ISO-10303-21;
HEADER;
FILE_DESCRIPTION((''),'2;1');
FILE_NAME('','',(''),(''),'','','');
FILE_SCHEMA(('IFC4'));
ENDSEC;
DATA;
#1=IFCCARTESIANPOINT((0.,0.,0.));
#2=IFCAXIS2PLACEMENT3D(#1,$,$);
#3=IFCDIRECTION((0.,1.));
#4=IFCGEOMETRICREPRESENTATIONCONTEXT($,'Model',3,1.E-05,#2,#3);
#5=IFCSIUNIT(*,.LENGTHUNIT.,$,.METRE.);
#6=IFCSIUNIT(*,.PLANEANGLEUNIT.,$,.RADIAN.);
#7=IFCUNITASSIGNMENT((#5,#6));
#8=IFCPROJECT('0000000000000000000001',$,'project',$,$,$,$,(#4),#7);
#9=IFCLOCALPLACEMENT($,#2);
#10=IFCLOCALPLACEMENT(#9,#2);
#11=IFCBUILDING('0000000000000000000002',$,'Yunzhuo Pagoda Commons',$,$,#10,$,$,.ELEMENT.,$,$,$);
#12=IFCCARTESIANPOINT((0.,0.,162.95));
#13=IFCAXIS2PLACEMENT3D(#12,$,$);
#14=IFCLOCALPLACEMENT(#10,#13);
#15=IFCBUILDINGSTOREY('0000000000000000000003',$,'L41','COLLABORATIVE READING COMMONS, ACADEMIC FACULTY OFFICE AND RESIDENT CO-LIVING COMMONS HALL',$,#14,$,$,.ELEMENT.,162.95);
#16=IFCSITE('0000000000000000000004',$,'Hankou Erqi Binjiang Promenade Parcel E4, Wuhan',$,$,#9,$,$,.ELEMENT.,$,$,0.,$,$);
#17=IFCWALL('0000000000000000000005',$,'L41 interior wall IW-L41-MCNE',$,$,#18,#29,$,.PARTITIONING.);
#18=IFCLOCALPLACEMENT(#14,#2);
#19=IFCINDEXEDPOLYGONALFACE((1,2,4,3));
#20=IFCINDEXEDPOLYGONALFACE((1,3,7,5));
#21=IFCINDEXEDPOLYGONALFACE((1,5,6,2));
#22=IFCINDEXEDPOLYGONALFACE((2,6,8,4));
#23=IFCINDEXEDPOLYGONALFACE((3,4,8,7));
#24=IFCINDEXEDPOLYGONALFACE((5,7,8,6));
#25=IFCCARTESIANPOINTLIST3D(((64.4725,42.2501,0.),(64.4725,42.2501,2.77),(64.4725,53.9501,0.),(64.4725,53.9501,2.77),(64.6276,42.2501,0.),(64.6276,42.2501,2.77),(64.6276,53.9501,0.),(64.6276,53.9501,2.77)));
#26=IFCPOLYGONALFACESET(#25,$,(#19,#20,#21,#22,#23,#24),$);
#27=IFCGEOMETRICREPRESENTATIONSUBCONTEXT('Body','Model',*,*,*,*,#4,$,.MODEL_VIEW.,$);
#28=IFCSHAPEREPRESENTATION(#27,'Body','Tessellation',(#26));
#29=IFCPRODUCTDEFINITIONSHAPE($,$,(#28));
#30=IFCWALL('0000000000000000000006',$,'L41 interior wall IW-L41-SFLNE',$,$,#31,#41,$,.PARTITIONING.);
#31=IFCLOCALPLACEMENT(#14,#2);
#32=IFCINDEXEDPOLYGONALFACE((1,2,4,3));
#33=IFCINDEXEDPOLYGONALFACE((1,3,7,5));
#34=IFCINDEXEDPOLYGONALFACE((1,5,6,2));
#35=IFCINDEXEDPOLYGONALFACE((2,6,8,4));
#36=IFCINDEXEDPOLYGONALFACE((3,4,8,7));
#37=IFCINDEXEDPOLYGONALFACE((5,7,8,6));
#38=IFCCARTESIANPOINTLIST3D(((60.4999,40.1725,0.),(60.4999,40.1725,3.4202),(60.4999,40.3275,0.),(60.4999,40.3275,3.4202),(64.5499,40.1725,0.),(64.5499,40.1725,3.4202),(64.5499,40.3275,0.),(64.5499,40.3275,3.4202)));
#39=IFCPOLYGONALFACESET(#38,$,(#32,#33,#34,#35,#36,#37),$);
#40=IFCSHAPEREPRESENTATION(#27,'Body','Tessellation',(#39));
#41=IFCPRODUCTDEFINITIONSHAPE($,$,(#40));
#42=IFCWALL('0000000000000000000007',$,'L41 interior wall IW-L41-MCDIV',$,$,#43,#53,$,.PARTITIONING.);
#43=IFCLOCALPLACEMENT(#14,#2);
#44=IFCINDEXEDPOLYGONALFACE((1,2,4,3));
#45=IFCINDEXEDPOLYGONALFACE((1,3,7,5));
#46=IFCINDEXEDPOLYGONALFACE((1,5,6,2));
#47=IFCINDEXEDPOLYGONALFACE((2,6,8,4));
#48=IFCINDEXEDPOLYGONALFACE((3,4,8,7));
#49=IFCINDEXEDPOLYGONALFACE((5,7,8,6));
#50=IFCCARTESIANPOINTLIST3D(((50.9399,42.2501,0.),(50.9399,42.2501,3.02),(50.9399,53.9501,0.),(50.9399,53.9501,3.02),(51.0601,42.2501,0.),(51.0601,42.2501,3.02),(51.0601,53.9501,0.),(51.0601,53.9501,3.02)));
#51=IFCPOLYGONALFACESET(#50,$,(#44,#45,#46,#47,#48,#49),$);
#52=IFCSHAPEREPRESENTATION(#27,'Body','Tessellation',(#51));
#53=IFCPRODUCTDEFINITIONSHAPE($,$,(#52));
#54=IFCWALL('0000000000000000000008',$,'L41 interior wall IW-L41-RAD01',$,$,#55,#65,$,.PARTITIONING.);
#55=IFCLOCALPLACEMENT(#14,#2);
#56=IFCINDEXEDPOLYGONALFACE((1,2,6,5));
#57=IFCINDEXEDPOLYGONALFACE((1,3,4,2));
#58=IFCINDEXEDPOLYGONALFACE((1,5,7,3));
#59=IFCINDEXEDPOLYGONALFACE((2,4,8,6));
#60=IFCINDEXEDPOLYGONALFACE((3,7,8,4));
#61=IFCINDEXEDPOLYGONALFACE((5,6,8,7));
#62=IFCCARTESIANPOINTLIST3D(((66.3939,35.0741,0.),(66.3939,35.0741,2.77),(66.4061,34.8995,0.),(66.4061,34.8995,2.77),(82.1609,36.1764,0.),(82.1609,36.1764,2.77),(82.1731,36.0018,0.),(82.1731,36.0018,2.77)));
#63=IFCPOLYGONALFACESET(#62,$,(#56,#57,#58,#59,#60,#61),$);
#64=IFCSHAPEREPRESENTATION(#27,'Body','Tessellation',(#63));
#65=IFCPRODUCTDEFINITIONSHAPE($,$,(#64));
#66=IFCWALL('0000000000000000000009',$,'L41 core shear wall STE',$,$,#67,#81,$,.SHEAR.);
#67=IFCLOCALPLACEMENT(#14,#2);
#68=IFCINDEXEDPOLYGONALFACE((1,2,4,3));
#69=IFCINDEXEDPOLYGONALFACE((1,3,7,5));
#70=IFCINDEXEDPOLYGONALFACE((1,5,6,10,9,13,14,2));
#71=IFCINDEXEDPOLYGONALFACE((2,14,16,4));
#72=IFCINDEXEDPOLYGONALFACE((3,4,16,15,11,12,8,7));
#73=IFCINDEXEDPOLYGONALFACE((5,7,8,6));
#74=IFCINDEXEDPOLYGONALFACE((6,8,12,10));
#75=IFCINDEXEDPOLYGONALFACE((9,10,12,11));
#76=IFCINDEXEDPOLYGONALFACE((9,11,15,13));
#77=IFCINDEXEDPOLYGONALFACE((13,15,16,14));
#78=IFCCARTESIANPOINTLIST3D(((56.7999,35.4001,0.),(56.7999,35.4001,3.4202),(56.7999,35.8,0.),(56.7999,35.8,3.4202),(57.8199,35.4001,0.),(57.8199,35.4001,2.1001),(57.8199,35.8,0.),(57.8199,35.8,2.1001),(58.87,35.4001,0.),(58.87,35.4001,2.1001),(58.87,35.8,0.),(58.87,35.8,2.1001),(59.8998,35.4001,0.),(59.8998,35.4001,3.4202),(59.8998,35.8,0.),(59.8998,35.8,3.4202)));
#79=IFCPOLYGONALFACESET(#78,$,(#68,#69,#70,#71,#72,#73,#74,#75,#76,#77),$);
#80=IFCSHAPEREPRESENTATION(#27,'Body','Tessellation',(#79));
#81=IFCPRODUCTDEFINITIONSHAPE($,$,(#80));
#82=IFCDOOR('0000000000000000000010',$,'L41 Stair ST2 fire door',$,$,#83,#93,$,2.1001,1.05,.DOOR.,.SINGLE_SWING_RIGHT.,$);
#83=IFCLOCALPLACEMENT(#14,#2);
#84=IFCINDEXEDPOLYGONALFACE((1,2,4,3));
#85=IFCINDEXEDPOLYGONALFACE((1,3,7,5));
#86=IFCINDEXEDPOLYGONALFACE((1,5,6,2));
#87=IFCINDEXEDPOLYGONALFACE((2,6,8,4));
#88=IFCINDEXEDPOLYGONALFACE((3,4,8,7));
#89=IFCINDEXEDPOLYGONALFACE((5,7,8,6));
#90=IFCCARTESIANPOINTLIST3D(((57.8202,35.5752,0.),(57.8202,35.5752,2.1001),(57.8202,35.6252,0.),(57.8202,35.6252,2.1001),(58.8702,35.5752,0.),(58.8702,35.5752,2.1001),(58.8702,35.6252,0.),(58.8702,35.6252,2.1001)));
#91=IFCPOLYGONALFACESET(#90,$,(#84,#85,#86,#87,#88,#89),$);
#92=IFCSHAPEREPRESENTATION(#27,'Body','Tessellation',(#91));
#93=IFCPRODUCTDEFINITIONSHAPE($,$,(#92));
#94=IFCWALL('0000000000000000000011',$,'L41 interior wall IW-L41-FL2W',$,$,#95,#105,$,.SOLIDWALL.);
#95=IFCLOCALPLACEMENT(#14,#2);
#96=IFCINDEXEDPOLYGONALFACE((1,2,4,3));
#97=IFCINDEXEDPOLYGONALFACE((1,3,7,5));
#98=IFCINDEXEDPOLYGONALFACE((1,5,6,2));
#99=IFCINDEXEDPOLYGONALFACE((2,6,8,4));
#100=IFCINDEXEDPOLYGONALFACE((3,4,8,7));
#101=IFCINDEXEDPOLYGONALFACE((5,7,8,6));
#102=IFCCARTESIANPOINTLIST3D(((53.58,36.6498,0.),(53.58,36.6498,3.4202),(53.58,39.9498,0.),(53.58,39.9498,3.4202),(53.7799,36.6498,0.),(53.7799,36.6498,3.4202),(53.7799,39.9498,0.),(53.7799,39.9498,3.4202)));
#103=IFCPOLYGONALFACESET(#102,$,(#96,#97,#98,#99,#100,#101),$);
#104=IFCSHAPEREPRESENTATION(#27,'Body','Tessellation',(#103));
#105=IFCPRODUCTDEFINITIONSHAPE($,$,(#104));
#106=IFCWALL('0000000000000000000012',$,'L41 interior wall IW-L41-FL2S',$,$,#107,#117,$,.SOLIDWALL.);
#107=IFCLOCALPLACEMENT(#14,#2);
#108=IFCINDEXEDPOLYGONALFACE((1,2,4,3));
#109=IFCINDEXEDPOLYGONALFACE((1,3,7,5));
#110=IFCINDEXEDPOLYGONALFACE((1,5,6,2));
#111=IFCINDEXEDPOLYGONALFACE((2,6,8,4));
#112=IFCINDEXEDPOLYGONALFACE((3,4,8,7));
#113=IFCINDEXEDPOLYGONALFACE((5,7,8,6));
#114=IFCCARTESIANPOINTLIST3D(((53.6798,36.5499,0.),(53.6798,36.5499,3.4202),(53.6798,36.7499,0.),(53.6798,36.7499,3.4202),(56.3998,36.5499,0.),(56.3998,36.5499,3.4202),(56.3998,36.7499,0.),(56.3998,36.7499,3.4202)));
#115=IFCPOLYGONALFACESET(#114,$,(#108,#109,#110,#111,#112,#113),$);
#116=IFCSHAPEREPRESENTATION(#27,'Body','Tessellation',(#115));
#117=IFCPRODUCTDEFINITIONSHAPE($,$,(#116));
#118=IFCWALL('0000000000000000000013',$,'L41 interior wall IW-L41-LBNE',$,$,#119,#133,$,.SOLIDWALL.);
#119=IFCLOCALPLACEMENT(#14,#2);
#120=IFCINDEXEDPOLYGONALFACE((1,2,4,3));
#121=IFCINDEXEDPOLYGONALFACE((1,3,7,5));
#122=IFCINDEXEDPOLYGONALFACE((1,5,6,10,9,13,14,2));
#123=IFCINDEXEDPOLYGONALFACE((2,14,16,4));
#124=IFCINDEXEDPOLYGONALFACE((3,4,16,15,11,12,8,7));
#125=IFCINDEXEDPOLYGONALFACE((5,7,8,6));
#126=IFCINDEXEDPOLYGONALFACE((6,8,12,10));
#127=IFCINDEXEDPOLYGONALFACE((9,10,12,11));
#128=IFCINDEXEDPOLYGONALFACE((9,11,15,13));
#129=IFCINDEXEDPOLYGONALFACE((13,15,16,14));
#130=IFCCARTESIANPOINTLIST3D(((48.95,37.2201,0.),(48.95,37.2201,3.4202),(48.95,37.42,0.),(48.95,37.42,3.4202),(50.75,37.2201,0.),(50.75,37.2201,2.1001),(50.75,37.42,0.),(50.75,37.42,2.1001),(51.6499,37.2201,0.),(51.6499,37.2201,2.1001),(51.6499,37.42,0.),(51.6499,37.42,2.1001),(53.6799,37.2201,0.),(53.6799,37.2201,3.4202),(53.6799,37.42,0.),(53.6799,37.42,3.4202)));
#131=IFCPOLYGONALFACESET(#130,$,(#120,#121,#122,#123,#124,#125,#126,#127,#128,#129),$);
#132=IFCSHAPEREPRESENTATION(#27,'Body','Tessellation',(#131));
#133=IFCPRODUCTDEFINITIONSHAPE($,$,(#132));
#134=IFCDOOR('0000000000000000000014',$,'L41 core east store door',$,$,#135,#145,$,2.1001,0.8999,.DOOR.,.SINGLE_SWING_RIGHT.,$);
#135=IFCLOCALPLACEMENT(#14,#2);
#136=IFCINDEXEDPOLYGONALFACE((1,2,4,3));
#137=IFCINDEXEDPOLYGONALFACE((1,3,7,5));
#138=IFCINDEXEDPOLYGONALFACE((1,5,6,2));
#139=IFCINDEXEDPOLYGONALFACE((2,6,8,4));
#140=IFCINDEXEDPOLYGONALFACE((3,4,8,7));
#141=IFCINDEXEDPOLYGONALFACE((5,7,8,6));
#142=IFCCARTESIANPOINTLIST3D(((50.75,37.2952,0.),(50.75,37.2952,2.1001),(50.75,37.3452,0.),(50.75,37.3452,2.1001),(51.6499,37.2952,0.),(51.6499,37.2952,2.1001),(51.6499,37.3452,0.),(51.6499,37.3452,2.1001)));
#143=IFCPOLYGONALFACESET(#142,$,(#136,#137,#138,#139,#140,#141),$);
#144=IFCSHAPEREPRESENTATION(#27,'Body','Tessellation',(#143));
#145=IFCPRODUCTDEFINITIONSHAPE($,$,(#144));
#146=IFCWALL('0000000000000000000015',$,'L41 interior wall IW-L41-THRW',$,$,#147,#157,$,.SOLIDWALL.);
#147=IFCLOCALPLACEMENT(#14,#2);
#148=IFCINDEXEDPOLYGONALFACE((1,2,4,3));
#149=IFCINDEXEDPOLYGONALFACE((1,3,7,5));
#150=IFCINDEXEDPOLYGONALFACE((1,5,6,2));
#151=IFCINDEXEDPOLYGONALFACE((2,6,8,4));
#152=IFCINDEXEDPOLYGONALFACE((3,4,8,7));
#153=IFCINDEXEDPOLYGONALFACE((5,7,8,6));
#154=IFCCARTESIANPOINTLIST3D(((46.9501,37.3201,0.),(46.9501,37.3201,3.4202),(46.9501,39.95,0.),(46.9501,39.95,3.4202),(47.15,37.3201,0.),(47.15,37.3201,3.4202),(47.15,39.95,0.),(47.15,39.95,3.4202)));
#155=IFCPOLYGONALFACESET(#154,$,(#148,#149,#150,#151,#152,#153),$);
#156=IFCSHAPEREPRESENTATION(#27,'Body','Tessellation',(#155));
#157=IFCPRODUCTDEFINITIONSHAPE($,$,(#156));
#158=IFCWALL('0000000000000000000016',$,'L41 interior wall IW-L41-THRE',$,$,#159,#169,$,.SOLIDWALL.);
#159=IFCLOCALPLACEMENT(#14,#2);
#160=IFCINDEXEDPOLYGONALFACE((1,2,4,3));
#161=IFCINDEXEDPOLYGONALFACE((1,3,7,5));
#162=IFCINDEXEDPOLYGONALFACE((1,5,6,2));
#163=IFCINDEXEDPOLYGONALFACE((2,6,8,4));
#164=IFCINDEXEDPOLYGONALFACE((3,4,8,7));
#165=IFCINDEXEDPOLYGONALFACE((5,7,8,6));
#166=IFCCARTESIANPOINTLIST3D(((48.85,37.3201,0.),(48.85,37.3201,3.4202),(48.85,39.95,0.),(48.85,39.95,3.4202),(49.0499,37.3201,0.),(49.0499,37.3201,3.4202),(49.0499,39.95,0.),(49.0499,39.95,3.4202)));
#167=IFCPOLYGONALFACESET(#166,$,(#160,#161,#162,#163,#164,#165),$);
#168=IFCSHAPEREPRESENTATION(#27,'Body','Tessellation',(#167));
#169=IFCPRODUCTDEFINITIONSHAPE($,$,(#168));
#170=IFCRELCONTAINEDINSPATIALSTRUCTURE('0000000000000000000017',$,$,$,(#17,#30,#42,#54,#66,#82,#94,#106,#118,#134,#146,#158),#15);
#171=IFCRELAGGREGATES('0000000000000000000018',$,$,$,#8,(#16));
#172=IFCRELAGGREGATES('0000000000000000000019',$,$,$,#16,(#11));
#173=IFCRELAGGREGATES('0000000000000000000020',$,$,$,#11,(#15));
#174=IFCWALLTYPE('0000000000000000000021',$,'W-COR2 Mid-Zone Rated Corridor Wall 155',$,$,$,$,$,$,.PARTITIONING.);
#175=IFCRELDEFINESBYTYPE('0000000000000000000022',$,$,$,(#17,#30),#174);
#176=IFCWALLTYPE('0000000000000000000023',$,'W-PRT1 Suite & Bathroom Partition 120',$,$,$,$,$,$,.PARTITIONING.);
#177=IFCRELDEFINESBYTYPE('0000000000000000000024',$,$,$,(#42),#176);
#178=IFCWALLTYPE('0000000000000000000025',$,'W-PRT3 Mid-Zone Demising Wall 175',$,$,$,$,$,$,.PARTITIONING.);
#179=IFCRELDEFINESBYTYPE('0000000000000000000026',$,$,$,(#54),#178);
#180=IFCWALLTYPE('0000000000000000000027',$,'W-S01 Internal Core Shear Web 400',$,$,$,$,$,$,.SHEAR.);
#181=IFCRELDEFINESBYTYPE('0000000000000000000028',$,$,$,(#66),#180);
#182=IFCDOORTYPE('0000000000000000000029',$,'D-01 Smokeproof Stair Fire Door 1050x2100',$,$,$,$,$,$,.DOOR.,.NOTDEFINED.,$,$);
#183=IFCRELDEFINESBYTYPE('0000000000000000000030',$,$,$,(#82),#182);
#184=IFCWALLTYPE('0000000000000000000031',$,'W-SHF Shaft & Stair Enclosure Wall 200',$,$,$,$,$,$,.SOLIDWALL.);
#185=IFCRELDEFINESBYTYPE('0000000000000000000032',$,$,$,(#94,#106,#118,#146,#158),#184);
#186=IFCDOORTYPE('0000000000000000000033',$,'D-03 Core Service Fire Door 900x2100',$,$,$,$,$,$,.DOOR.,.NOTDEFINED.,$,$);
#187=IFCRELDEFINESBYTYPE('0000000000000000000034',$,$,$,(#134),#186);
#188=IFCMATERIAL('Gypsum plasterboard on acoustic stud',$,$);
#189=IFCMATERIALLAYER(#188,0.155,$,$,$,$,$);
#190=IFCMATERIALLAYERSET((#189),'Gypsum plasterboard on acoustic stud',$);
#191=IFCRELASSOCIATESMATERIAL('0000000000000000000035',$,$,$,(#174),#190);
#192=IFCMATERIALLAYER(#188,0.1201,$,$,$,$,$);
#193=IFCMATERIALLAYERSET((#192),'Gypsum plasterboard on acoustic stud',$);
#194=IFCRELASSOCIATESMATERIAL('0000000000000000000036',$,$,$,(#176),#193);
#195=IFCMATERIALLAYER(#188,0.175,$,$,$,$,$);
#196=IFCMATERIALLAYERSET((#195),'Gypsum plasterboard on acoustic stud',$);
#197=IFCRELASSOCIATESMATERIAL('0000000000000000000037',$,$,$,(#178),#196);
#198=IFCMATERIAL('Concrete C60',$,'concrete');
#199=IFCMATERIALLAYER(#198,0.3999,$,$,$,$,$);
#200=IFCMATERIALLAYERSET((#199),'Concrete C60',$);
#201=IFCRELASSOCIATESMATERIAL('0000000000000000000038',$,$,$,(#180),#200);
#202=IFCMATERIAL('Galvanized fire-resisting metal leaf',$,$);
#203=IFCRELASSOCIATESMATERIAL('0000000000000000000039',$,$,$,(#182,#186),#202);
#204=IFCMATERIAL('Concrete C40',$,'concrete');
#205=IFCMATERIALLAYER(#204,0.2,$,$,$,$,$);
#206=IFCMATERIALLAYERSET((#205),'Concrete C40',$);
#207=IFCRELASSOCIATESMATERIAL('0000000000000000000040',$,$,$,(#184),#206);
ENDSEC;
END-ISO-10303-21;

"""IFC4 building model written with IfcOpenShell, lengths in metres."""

from ifc_helpers import new_model, si_unit, direction, frame, frame_2d, origin, place, context, subcontext, project, spatial, rectangle, extrude, source, transform, mapped, material, layer, layer_set, type_object, element, fill, save


model = new_model("IFC4")

# Units and contexts
model_context = context("Model", 3, precision=1e-05, world=origin(), true_north=direction((0.0, 1.0)))
body_context = subcontext(model_context, "Body", "Model", "MODEL_VIEW")
ifc_project = project(units=[si_unit("LENGTHUNIT", "METRE"), si_unit("PLANEANGLEUNIT", "RADIAN")], contexts=[model_context])

# Site, building, storey
site_placement = place(None, origin())
site = spatial("IfcSite", under=ifc_project, at=site_placement, Name="Hankou Erqi Binjiang Promenade Parcel E4, Wuhan", CompositionType="ELEMENT", RefElevation=0.0)
building_placement = place(site_placement, origin())
building = spatial("IfcBuilding", under=site, at=building_placement, Name="Yunzhuo Pagoda Commons", CompositionType="ELEMENT")
storey_placement = place(building_placement, frame((0.0, 0.0, 162.95)))
storey = spatial("IfcBuildingStorey", under=building, at=storey_placement, Name="L41", Description="COLLABORATIVE READING COMMONS, ACADEMIC FACULTY OFFICE AND RESIDENT CO-LIVING COMMONS HALL", CompositionType="ELEMENT", Elevation=162.95)

# Shared definitions
ifc_material_1 = material(Name="Concrete C60", Category="concrete")
ifc_material_2 = material(Name="Galvanized fire-resisting metal leaf")
shared_shape_1 = source(origin(), body_context, "Body", "SweptSolid", [
    extrude(rectangle(XDim=1.05, YDim=2.1001, at=frame_2d((0.5249, 1.05))), frame((0.0, 0.0249, 0.0), z_axis=(0.0, -1.0, 0.0), x_axis=(1.0, 0.0, 0.0)), (0.0, 0.0, 1.0), 0.05),
])

# Walls
ifc_material_3 = material(Name="Gypsum plasterboard on acoustic stud")
ifc_layer_1 = layer(ifc_material_3, 0.155)
ifc_layer_set_1 = layer_set([ifc_layer_1], Name="Gypsum plasterboard on acoustic stud")
wall_type_1 = type_object("IfcWallType", Name="W-COR2 Mid-Zone Rated Corridor Wall 155", PredefinedType="PARTITIONING", material=ifc_layer_set_1)
wall_1_placement = place(storey_placement, frame((64.55, 42.25, 0.0), z_axis=(0.0, 0.0, 1.0), x_axis=(0.0, 1.0, 0.0)))
element("IfcWall", 1, at=wall_1_placement, inside=storey, type_object=wall_type_1, Name="L41 interior wall IW-L41-MCNE", PredefinedType="PARTITIONING", context=body_context, shape_type="SweptSolid", body=[
    extrude(rectangle(XDim=11.7, YDim=0.155, at=frame_2d((5.8501, 0.0))), origin(), (0.0, 0.0, 1.0), 2.77),
])
wall_2_placement = place(storey_placement, frame((60.5, 40.25, 0.0), z_axis=(0.0, 0.0, 1.0), x_axis=(1.0, 0.0, 0.0)))
element("IfcWall", 2, at=wall_2_placement, inside=storey, type_object=wall_type_1, Name="L41 interior wall IW-L41-SFLNE", PredefinedType="PARTITIONING", context=body_context, shape_type="SweptSolid", body=[
    extrude(rectangle(XDim=4.05, YDim=0.155, at=frame_2d((2.0249, 0.0))), origin(), (0.0, 0.0, 1.0), 3.4202),
])

# Walls
ifc_layer_2 = layer(ifc_material_3, 0.1201)
ifc_layer_set_2 = layer_set([ifc_layer_2], Name="Gypsum plasterboard on acoustic stud")
wall_type_2 = type_object("IfcWallType", Name="W-PRT1 Suite & Bathroom Partition 120", PredefinedType="PARTITIONING", material=ifc_layer_set_2)
wall_3_placement = place(storey_placement, frame((51.0, 42.25, 0.0), z_axis=(0.0, 0.0, 1.0), x_axis=(0.0, 1.0, 0.0)))
element("IfcWall", 3, at=wall_3_placement, inside=storey, type_object=wall_type_2, Name="L41 interior wall IW-L41-MCDIV", PredefinedType="PARTITIONING", context=body_context, shape_type="SweptSolid", body=[
    extrude(rectangle(XDim=11.7, YDim=0.1201, at=frame_2d((5.8501, 0.0))), origin(), (0.0, 0.0, 1.0), 3.02),
])
ifc_layer_3 = layer(ifc_material_3, 0.175)
ifc_layer_set_3 = layer_set([ifc_layer_3], Name="Gypsum plasterboard on acoustic stud")
wall_type_3 = type_object("IfcWallType", Name="W-PRT3 Mid-Zone Demising Wall 175", PredefinedType="PARTITIONING", material=ifc_layer_set_3)
wall_4_placement = place(storey_placement, frame((66.3999, 34.9868, 0.0), z_axis=(0.0, 0.0, 1.0), x_axis=(0.997565, 0.069742, 0.0)))
element("IfcWall", 4, at=wall_4_placement, inside=storey, type_object=wall_type_3, Name="L41 interior wall IW-L41-RAD01", PredefinedType="PARTITIONING", context=body_context, shape_type="SweptSolid", body=[
    extrude(rectangle(XDim=15.8054, YDim=0.175, at=frame_2d((7.9028, 0.0))), origin(), (0.0, 0.0, 1.0), 2.77),
])

# Wall, opening, door
ifc_layer_4 = layer(ifc_material_1, 0.3999)
ifc_layer_set_4 = layer_set([ifc_layer_4], Name="Concrete C60")
wall_type_4 = type_object("IfcWallType", Name="W-S01 Internal Core Shear Web 400", PredefinedType="SHEAR", material=ifc_layer_set_4)
wall_5_placement = place(storey_placement, frame((56.8, 35.6001, 0.0), z_axis=(0.0, 0.0, 1.0), x_axis=(1.0, 0.0, 0.0)))
wall_5 = element("IfcWall", 5, at=wall_5_placement, inside=storey, type_object=wall_type_4, Name="L41 core shear wall STE", PredefinedType="SHEAR", context=body_context, shape_type="SweptSolid", body=[
    extrude(rectangle(XDim=3.0999, YDim=0.3999, at=frame_2d((1.5498, 0.0))), origin(), (0.0, 0.0, 1.0), 3.4202),
])
opening_1_placement = place(wall_5_placement, frame((1.02, 0.0, 0.0)))
opening_1 = element("IfcOpeningElement", 6, at=opening_1_placement, cuts=wall_5, PredefinedType="OPENING", context=body_context, shape_type="SweptSolid", body=[
    extrude(rectangle(XDim=1.05, YDim=2.1001, at=frame_2d((0.5249, 1.05))), frame((0.0, 0.21, 0.0), z_axis=(0.0, -1.0, 0.0), x_axis=(1.0, 0.0, 0.0)), (0.0, 0.0, 1.0), 0.4199),
])
door_type_1 = type_object("IfcDoorType", Name="D-01 Smokeproof Stair Fire Door 1050x2100", OperationType="NOTDEFINED", PredefinedType="DOOR", material=ifc_material_2)
door_1_placement = place(opening_1_placement, frame((1.05, 0.0, 0.0), z_axis=(0.0, 0.0, 1.0), x_axis=(-1.0, 0.0, 0.0)))
door_1 = element("IfcDoor", 7, at=door_1_placement, inside=storey, type_object=door_type_1, Name="L41 Stair ST2 fire door", OperationType="SINGLE_SWING_RIGHT", OverallHeight=2.1001, OverallWidth=1.05, PredefinedType="DOOR", context=body_context, shape_type="MappedRepresentation", body=[
    mapped(shared_shape_1, transform((0.0, 0.0, 0.0), scale=1.0)),
])
fill(opening_1, door_1)

# Walls
ifc_material_4 = material(Name="Concrete C40", Category="concrete")
ifc_layer_5 = layer(ifc_material_4, 0.2)
ifc_layer_set_5 = layer_set([ifc_layer_5], Name="Concrete C40")
wall_type_5 = type_object("IfcWallType", Name="W-SHF Shaft & Stair Enclosure Wall 200", PredefinedType="SOLIDWALL", material=ifc_layer_set_5)
wall_6_placement = place(storey_placement, frame((53.6799, 36.6499, 0.0), z_axis=(0.0, 0.0, 1.0), x_axis=(0.0, 1.0, 0.0)))
element("IfcWall", 8, at=wall_6_placement, inside=storey, type_object=wall_type_5, Name="L41 interior wall IW-L41-FL2W", PredefinedType="SOLIDWALL", context=body_context, shape_type="SweptSolid", body=[
    extrude(rectangle(XDim=3.3, YDim=0.2, at=frame_2d((1.6499, 0.0))), origin(), (0.0, 0.0, 1.0), 3.4202),
])
wall_7_placement = place(storey_placement, frame((53.6799, 36.6499, 0.0), z_axis=(0.0, 0.0, 1.0), x_axis=(1.0, 0.0, 0.0)))
element("IfcWall", 9, at=wall_7_placement, inside=storey, type_object=wall_type_5, Name="L41 interior wall IW-L41-FL2S", PredefinedType="SOLIDWALL", context=body_context, shape_type="SweptSolid", body=[
    extrude(rectangle(XDim=2.72, YDim=0.2, at=frame_2d((1.3599, 0.0))), origin(), (0.0, 0.0, 1.0), 3.4202),
])

# Wall, opening, door
wall_8_placement = place(storey_placement, frame((48.95, 37.3201, 0.0), z_axis=(0.0, 0.0, 1.0), x_axis=(1.0, 0.0, 0.0)))
wall_8 = element("IfcWall", 10, at=wall_8_placement, inside=storey, type_object=wall_type_5, Name="L41 interior wall IW-L41-LBNE", PredefinedType="SOLIDWALL", context=body_context, shape_type="SweptSolid", body=[
    extrude(rectangle(XDim=4.73, YDim=0.2, at=frame_2d((2.365, 0.0))), origin(), (0.0, 0.0, 1.0), 3.4202),
])
opening_2_placement = place(wall_8_placement, frame((1.8, 0.0, 0.0)))
opening_2 = element("IfcOpeningElement", 11, at=opening_2_placement, cuts=wall_8, PredefinedType="OPENING", context=body_context, shape_type="SweptSolid", body=[
    extrude(rectangle(XDim=0.8999, YDim=2.1001, at=frame_2d((0.45, 1.05))), frame((0.0, 0.1099, 0.0), z_axis=(0.0, -1.0, 0.0), x_axis=(1.0, 0.0, 0.0)), (0.0, 0.0, 1.0), 0.22),
])
door_type_2 = type_object("IfcDoorType", Name="D-03 Core Service Fire Door 900x2100", OperationType="NOTDEFINED", PredefinedType="DOOR", material=ifc_material_2)
shared_shape_2 = source(origin(), body_context, "Body", "SweptSolid", [
    extrude(rectangle(XDim=0.8999, YDim=2.1001, at=frame_2d((0.45, 1.05))), frame((0.0, 0.0249, 0.0), z_axis=(0.0, -1.0, 0.0), x_axis=(1.0, 0.0, 0.0)), (0.0, 0.0, 1.0), 0.05),
])
door_2_placement = place(opening_2_placement, frame((0.8999, 0.0, 0.0), z_axis=(0.0, 0.0, 1.0), x_axis=(-1.0, 0.0, 0.0)))
door_2 = element("IfcDoor", 12, at=door_2_placement, inside=storey, type_object=door_type_2, Name="L41 core east store door", OperationType="SINGLE_SWING_RIGHT", OverallHeight=2.1001, OverallWidth=0.8999, PredefinedType="DOOR", context=body_context, shape_type="MappedRepresentation", body=[
    mapped(shared_shape_2, transform((0.0, 0.0, 0.0), scale=1.0)),
])
fill(opening_2, door_2)

# Walls
for number, where, z_axis, x_axis, name in (
    (13, (47.05, 37.3201, 0.0), (0.0, 0.0, 1.0), (0.0, 1.0, 0.0), "L41 interior wall IW-L41-THRW"),
    (14, (48.95, 37.3201, 0.0), (0.0, 0.0, 1.0), (0.0, 1.0, 0.0), "L41 interior wall IW-L41-THRE"),
):
    element("IfcWall", number, at=place(storey_placement, frame(where, z_axis=z_axis, x_axis=x_axis)), inside=storey, type_object=wall_type_5, Name=name, PredefinedType="SOLIDWALL", context=body_context, shape_type="SweptSolid", body=[
        extrude(rectangle(XDim=2.6299, YDim=0.2, at=frame_2d((1.3149, 0.0))), origin(), (0.0, 0.0, 1.0), 3.4202),
    ])

save(model, "model.ifc")
